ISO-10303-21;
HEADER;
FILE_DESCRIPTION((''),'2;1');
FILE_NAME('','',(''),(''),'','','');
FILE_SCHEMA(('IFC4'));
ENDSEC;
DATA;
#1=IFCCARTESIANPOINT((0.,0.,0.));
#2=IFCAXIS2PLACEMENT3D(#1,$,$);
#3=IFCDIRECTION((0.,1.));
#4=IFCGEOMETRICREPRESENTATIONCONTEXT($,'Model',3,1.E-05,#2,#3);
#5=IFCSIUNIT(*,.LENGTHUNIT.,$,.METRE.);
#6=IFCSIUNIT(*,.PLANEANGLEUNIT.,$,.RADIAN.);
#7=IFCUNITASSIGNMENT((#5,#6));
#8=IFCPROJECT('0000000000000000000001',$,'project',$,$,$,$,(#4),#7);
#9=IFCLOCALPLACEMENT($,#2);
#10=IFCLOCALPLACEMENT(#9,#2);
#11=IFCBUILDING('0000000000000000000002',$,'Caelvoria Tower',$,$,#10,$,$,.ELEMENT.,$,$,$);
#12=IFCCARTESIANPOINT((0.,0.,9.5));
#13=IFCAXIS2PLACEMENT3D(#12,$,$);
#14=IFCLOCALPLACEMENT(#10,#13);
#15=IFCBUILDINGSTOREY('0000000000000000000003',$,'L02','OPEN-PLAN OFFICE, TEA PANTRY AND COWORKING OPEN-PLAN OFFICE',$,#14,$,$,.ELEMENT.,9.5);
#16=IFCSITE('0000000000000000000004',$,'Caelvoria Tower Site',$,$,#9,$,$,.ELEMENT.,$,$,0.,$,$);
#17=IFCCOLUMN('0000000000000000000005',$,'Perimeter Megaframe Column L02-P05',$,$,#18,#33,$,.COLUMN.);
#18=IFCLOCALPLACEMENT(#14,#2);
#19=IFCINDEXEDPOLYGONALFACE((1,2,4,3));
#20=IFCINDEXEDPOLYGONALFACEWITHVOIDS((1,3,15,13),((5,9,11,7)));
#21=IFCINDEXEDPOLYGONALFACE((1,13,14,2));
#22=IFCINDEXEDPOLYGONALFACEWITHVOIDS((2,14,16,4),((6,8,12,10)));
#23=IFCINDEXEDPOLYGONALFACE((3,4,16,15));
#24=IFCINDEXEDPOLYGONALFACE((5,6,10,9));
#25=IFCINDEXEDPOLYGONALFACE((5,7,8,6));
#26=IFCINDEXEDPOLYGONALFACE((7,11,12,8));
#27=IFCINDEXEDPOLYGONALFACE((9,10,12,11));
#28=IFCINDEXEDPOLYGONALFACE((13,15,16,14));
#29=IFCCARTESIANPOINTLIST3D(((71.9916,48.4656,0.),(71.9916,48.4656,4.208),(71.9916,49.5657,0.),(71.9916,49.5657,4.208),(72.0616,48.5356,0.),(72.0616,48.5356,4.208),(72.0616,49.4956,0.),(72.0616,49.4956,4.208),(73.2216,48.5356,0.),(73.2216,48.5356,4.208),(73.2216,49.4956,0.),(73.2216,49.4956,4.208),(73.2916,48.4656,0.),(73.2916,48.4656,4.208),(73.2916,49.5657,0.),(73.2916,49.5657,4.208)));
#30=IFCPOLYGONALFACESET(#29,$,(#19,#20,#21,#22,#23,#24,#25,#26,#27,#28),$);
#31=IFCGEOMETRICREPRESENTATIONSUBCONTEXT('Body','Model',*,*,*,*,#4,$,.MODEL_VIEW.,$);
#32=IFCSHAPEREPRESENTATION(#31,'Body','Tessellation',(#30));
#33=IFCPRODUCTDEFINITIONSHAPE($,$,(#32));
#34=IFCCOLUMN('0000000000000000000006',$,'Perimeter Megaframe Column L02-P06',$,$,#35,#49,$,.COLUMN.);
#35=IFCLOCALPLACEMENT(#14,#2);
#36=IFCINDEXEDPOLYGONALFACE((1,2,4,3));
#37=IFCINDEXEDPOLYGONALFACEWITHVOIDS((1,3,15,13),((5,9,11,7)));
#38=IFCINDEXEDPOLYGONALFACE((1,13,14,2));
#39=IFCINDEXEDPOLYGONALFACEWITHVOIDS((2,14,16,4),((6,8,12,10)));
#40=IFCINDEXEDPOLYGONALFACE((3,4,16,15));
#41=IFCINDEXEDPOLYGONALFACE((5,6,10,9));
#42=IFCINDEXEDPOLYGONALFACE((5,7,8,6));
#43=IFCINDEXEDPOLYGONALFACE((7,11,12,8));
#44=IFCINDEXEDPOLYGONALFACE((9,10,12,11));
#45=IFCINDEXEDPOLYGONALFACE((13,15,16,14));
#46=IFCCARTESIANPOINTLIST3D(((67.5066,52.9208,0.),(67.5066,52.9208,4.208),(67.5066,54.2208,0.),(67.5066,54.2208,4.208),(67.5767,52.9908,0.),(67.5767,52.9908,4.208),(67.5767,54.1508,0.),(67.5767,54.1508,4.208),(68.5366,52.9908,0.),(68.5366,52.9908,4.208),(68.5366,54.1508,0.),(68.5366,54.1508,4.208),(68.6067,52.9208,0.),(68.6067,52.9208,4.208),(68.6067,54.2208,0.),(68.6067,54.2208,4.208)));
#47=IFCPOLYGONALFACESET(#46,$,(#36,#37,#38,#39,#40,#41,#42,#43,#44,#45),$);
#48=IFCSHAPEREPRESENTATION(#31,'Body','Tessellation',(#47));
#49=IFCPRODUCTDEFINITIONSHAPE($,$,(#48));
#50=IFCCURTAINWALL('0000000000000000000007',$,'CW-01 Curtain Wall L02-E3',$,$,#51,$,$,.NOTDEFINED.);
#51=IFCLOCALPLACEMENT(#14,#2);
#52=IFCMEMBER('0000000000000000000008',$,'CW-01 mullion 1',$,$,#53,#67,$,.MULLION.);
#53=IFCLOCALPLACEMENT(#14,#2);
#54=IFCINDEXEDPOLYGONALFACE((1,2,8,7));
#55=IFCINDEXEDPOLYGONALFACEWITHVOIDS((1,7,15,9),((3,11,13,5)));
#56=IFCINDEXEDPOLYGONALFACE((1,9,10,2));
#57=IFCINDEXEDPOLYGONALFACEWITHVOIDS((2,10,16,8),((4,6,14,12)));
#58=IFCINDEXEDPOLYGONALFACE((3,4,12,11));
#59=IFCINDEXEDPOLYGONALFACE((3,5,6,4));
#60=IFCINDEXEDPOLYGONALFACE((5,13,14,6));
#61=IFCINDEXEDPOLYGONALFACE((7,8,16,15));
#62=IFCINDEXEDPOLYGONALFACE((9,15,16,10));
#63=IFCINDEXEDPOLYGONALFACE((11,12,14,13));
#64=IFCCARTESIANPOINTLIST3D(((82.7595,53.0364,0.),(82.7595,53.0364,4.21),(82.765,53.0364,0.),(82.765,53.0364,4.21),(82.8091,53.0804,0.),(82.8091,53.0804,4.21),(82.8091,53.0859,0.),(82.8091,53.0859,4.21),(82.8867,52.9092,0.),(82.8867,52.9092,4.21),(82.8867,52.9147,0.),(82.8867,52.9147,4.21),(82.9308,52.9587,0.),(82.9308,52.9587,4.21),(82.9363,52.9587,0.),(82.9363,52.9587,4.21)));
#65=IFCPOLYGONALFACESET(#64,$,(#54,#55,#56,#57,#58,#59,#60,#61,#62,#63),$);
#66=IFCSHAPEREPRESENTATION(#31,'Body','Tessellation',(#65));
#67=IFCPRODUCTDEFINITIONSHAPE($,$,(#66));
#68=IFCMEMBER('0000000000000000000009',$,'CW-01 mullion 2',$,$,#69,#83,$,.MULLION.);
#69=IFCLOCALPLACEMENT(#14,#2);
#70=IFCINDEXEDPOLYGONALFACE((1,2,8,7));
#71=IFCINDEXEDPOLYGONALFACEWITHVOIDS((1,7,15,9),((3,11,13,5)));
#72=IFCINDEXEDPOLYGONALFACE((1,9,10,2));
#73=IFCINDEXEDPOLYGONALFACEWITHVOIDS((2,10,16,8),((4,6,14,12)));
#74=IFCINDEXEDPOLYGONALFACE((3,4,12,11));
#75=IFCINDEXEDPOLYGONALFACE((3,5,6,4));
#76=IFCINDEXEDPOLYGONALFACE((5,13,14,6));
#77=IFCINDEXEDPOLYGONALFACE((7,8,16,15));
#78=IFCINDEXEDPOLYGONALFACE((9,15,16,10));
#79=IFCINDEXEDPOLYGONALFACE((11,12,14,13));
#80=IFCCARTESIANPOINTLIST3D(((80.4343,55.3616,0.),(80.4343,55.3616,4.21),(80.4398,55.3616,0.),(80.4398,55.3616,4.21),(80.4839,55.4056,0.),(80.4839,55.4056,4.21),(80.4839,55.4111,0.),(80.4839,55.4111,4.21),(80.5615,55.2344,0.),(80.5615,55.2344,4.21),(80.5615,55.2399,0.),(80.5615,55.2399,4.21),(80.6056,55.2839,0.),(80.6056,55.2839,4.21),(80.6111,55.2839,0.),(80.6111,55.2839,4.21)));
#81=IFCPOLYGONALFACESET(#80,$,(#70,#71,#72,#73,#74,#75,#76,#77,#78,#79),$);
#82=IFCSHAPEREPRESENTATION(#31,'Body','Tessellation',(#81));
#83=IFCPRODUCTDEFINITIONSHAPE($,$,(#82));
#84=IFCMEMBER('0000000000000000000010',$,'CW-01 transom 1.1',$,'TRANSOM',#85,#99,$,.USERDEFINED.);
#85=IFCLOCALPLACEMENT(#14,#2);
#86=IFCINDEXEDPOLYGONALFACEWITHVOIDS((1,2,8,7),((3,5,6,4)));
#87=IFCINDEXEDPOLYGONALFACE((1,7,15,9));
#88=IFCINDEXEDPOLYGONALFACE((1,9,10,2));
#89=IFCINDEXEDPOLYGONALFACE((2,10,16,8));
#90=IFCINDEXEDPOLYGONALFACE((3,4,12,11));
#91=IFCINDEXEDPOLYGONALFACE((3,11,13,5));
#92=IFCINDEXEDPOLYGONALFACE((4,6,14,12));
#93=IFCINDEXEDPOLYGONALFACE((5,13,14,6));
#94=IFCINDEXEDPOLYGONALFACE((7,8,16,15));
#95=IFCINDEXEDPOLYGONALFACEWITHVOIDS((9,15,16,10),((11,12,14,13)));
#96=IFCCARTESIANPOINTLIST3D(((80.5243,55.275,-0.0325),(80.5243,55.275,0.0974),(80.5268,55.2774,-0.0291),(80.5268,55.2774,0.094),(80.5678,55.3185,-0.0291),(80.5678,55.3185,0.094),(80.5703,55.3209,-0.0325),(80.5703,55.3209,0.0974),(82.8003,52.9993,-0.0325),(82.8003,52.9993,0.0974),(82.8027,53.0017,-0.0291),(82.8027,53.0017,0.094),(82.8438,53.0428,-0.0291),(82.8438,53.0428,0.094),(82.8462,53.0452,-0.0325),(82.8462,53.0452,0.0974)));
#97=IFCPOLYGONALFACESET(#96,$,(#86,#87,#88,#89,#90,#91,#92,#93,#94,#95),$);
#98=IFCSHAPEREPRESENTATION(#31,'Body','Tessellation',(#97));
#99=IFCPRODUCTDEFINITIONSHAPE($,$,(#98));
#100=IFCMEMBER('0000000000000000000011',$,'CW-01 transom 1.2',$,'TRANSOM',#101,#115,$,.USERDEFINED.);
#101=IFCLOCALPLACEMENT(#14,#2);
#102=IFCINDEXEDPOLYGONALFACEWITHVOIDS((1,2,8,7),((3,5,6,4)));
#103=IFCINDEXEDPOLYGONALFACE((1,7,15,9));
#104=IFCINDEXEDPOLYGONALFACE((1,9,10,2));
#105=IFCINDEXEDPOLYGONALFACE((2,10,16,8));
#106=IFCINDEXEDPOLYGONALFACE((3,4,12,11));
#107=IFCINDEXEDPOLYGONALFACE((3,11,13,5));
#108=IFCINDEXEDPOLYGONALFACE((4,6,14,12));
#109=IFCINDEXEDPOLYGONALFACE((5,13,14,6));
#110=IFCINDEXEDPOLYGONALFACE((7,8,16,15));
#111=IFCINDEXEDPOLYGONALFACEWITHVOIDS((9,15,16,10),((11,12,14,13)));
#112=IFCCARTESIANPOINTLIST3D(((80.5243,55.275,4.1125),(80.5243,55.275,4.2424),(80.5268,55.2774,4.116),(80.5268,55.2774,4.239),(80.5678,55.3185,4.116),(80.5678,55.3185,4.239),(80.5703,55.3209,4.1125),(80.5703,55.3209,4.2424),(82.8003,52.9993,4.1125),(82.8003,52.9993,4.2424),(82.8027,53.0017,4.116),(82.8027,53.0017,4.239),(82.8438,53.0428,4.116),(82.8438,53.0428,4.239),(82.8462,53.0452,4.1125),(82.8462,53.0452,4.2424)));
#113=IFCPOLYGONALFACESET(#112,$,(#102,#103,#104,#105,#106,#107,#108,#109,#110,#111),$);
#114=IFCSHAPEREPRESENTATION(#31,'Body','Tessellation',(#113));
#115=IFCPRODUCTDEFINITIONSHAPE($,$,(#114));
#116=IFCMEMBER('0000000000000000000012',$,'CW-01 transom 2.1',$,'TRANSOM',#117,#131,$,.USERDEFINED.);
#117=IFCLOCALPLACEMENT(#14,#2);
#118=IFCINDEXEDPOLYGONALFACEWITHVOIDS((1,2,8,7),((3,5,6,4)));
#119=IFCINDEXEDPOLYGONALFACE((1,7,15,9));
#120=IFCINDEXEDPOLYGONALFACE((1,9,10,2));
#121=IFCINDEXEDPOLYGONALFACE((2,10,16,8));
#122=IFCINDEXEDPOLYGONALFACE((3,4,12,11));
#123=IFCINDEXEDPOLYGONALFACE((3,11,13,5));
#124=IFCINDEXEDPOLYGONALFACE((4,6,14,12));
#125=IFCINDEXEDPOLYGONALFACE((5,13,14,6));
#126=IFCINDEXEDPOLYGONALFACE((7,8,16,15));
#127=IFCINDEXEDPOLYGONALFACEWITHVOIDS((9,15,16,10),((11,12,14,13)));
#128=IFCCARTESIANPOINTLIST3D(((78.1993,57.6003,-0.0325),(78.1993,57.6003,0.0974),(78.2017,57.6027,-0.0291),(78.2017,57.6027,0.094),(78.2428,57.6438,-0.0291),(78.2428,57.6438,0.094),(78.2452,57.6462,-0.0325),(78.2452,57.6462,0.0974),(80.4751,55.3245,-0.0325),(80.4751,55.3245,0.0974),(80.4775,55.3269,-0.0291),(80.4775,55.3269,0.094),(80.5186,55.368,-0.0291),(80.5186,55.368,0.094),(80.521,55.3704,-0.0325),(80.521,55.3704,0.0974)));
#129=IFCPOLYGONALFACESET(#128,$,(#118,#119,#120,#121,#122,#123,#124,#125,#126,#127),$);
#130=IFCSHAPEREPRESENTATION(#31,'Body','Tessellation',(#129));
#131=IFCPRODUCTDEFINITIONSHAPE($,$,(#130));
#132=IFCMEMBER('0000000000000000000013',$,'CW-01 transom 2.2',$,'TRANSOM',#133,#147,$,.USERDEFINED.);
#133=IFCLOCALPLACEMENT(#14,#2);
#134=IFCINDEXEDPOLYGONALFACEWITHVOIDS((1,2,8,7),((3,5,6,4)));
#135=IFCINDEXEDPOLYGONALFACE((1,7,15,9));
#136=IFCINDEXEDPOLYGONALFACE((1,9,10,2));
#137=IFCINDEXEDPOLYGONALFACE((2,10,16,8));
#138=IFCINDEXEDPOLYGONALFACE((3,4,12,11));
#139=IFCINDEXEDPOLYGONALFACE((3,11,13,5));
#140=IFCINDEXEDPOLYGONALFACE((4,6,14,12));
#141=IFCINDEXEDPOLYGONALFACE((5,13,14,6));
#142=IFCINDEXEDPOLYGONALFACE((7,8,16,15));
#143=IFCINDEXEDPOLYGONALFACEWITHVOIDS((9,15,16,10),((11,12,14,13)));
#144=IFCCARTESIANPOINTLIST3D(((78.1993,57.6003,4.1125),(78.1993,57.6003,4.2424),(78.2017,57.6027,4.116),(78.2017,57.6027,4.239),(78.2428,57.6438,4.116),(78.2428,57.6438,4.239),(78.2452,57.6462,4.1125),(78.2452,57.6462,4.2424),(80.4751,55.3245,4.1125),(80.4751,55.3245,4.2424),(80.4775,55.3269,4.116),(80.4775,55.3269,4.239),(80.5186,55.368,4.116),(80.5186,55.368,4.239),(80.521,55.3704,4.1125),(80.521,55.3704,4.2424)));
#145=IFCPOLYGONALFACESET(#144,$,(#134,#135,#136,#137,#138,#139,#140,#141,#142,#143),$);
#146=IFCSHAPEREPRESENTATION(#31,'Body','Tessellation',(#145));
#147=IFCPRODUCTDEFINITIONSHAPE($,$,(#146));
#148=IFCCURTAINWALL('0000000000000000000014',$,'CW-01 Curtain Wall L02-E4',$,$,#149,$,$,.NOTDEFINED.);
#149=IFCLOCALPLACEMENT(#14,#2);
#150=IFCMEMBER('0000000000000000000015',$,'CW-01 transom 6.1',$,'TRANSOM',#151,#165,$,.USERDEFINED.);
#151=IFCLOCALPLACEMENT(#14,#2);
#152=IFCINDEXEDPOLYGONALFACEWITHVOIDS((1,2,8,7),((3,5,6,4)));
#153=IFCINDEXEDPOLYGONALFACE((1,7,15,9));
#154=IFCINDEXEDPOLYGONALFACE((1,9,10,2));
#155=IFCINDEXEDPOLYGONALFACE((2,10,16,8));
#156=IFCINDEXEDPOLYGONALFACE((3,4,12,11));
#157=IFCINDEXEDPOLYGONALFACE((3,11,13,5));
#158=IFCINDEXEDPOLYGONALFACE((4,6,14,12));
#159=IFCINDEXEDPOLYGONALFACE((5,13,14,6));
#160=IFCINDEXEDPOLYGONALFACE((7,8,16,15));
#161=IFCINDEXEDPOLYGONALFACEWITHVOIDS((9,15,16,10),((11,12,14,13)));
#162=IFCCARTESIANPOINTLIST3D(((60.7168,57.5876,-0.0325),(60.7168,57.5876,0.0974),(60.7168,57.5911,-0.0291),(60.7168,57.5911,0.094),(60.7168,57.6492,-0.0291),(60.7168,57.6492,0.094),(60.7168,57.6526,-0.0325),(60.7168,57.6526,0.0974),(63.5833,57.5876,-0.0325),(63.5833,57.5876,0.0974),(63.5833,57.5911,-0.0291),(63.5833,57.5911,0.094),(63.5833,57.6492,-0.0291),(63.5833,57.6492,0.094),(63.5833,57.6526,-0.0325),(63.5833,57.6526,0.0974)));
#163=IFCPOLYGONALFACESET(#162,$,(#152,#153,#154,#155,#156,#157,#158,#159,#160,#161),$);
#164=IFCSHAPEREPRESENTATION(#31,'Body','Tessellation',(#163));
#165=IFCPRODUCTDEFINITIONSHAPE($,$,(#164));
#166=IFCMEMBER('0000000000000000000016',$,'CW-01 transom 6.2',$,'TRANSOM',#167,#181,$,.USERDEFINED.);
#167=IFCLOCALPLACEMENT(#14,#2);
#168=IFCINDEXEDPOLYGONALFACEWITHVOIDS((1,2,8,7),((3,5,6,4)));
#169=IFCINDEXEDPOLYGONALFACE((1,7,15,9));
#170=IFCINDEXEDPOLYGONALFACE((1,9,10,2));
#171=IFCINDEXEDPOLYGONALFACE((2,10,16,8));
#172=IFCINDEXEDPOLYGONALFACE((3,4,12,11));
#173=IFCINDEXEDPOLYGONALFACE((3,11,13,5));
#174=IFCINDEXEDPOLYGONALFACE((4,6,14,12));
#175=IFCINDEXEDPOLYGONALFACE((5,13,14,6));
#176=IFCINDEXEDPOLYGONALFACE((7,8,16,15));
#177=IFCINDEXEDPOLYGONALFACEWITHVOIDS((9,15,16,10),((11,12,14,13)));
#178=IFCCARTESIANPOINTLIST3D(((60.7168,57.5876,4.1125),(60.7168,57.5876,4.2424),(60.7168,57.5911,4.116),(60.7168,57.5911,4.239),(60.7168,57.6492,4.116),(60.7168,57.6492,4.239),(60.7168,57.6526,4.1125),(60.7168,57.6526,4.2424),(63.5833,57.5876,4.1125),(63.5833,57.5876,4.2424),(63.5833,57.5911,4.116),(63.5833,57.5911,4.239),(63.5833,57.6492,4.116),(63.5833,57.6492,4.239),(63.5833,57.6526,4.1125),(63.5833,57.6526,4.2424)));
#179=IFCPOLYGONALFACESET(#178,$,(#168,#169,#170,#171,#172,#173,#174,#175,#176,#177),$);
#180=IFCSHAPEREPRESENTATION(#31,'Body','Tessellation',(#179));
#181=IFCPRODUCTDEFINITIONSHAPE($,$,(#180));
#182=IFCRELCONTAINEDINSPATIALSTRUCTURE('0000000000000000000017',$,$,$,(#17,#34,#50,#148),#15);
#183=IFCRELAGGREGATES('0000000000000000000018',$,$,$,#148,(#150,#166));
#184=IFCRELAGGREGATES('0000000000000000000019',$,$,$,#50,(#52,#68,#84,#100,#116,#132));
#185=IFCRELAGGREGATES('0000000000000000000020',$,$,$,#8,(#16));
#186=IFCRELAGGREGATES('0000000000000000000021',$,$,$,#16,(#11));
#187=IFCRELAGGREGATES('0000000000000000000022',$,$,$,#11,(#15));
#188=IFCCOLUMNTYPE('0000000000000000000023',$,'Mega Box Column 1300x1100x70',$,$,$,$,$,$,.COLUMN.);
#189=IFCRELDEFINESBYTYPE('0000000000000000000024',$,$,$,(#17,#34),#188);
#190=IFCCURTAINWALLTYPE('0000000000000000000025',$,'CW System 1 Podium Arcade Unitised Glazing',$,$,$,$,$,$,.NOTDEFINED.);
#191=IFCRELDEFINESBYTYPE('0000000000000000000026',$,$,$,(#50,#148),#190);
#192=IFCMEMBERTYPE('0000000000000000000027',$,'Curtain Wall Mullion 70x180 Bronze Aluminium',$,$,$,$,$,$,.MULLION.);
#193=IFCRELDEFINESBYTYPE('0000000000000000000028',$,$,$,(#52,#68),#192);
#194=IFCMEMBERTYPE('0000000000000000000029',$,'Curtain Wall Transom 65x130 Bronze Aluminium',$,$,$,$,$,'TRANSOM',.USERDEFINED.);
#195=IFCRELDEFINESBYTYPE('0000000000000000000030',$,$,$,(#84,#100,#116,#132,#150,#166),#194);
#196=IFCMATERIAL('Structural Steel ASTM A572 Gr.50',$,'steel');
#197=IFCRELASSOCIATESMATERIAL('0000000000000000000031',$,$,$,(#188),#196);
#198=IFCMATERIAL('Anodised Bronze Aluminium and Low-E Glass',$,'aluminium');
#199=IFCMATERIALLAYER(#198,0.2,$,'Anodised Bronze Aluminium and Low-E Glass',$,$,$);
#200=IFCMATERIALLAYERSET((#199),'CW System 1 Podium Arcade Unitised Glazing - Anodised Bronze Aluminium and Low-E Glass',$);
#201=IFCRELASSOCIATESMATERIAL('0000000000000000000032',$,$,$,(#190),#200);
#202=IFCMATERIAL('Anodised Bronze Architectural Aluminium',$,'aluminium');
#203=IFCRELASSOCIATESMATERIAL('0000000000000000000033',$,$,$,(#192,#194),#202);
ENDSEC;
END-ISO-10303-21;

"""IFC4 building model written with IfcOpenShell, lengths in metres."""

from ifc_helpers import new_model, si_unit, direction, frame, origin, origin_2d, place, context, subcontext, project, spatial, hollow_rectangle, extrude, material, layer, layer_set, material_profile, profile_set, type_object, element, aggregate, save


model = new_model("IFC4")

# Units and contexts
model_context = context("Model", 3, precision=1e-05, world=origin(), true_north=direction((0.0, 1.0)))
body_context = subcontext(model_context, "Body", "Model", "MODEL_VIEW")
ifc_project = project(units=[si_unit("LENGTHUNIT", "METRE"), si_unit("PLANEANGLEUNIT", "RADIAN")], contexts=[model_context])

# Site, building, storey
site_placement = place(None, origin())
site = spatial("IfcSite", under=ifc_project, at=site_placement, Name="Caelvoria Tower Site", CompositionType="ELEMENT", RefElevation=0.0)
building_placement = place(site_placement, origin())
building = spatial("IfcBuilding", under=site, at=building_placement, Name="Caelvoria Tower", CompositionType="ELEMENT")
storey_placement = place(building_placement, frame((0.0, 0.0, 9.5)))
storey = spatial("IfcBuildingStorey", under=building, at=storey_placement, Name="L02", Description="OPEN-PLAN OFFICE, TEA PANTRY AND COWORKING OPEN-PLAN OFFICE", CompositionType="ELEMENT", Elevation=9.5)

# Columns
ifc_material_1 = material(Name="Structural Steel ASTM A572 Gr.50", Category="steel")
ifc_material_profile_1 = material_profile(ifc_material_1, hollow_rectangle(XDim=1.1001, YDim=1.3, WallThickness=0.0701, at=origin_2d()), Name="Structural Steel ASTM A572 Gr.50")
ifc_profile_set_1 = profile_set([ifc_material_profile_1], Name="BOX1300X1100X70 - Structural Steel ASTM A572 Gr.50")
column_type = type_object("IfcColumnType", Name="Mega Box Column 1300x1100x70", PredefinedType="COLUMN", material=ifc_profile_set_1)
for number, where, z_axis, x_axis, name in (
    (1, (72.6416, 49.0156, 0.0), (0.0, 0.0, 1.0), (0.0, 1.0, 0.0), "Perimeter Megaframe Column L02-P05"),
    (2, (68.0566, 53.5708, 0.0), (0.0, 0.0, 1.0), (1.0, 0.0, 0.0), "Perimeter Megaframe Column L02-P06"),
):
    element("IfcColumn", number, at=place(storey_placement, frame(where, z_axis=z_axis, x_axis=x_axis)), inside=storey, type_object=column_type, Name=name, PredefinedType="COLUMN", context=body_context, shape_type="SweptSolid", body=[
        extrude(hollow_rectangle(XDim=1.1001, YDim=1.3, WallThickness=0.0701, at=origin_2d()), origin(), (0.0, 0.0, 1.0), 4.208),
    ])

# Curtain walls, members
ifc_material_2 = material(Name="Anodised Bronze Aluminium and Low-E Glass", Category="aluminium")
ifc_layer_1 = layer(ifc_material_2, 0.2, Name="Anodised Bronze Aluminium and Low-E Glass")
ifc_layer_set_1 = layer_set([ifc_layer_1], Name="CW System 1 Podium Arcade Unitised Glazing - Anodised Bronze Aluminium and Low-E Glass")
curtain_wall_type = type_object("IfcCurtainWallType", Name="CW System 1 Podium Arcade Unitised Glazing", PredefinedType="NOTDEFINED", material=ifc_layer_set_1)
curtain_wall_1_placement = place(storey_placement, origin())
curtain_wall_1 = element("IfcCurtainWall", 3, at=curtain_wall_1_placement, inside=storey, type_object=curtain_wall_type, Name="CW-01 Curtain Wall L02-E3", PredefinedType="NOTDEFINED")
ifc_material_3 = material(Name="Anodised Bronze Architectural Aluminium", Category="aluminium")
ifc_material_profile_2 = material_profile(ifc_material_3, hollow_rectangle(XDim=0.0701, YDim=0.1799, WallThickness=0.0039, at=origin_2d()), Name="Anodised Bronze Architectural Aluminium")
ifc_profile_set_2 = profile_set([ifc_material_profile_2], Name="CW_MULL_70X180 - Anodised Bronze Architectural Aluminium")
member_type_1 = type_object("IfcMemberType", Name="Curtain Wall Mullion 70x180 Bronze Aluminium", PredefinedType="MULLION", material=ifc_profile_set_2)
member_1_placement = place(storey_placement, frame((82.8479, 52.9976, 0.0), z_axis=(0.0, 0.0, 1.0), x_axis=(-0.707107, -0.707107, 0.0)))
member_1 = element("IfcMember", 4, at=member_1_placement, type_object=member_type_1, Name="CW-01 mullion 1", PredefinedType="MULLION", context=body_context, shape_type="SweptSolid", body=[
    extrude(hollow_rectangle(XDim=0.0701, YDim=0.1799, WallThickness=0.0039, at=origin_2d()), origin(), (0.0, 0.0, 1.0), 4.21),
])
member_2_placement = place(storey_placement, frame((80.5227, 55.3228, 0.0), z_axis=(0.0, 0.0, 1.0), x_axis=(-0.707107, -0.707107, 0.0)))
member_2 = element("IfcMember", 5, at=member_2_placement, type_object=member_type_1, Name="CW-01 mullion 2", PredefinedType="MULLION", context=body_context, shape_type="SweptSolid", body=[
    extrude(hollow_rectangle(XDim=0.0701, YDim=0.1799, WallThickness=0.0039, at=origin_2d()), origin(), (0.0, 0.0, 1.0), 4.21),
])
ifc_material_profile_3 = material_profile(ifc_material_3, hollow_rectangle(XDim=0.0649, YDim=0.1299, WallThickness=0.0034, at=origin_2d()), Name="Anodised Bronze Architectural Aluminium")
ifc_profile_set_3 = profile_set([ifc_material_profile_3], Name="CW_TRAN_65X130 - Anodised Bronze Architectural Aluminium")
member_type_2 = type_object("IfcMemberType", Name="Curtain Wall Transom 65x130 Bronze Aluminium", ElementType="TRANSOM", PredefinedType="USERDEFINED", material=ifc_profile_set_3)
member_3_placement = place(storey_placement, frame((82.8232, 53.0222, 0.0325), z_axis=(-0.707145, 0.707069, 0.0), x_axis=(-0.707069, -0.707145, 0.0)))
member_3 = element("IfcMember", 6, at=member_3_placement, type_object=member_type_2, Name="CW-01 transom 1.1", ObjectType="TRANSOM", PredefinedType="USERDEFINED", context=body_context, shape_type="SweptSolid", body=[
    extrude(hollow_rectangle(XDim=0.0649, YDim=0.1299, WallThickness=0.0034, at=origin_2d()), origin(), (0.0, 0.0, 1.0), 3.2185),
])
member_4_placement = place(storey_placement, frame((82.8232, 53.0222, 4.1775), z_axis=(-0.707145, 0.707069, 0.0), x_axis=(-0.707069, -0.707145, 0.0)))
member_4 = element("IfcMember", 7, at=member_4_placement, type_object=member_type_2, Name="CW-01 transom 1.2", ObjectType="TRANSOM", PredefinedType="USERDEFINED", context=body_context, shape_type="SweptSolid", body=[
    extrude(hollow_rectangle(XDim=0.0649, YDim=0.1299, WallThickness=0.0034, at=origin_2d()), origin(), (0.0, 0.0, 1.0), 3.2185),
])
member_5_placement = place(storey_placement, frame((80.498, 55.3474, 0.0325), z_axis=(-0.707107, 0.707107, 0.0), x_axis=(-0.707107, -0.707107, 0.0)))
member_5 = element("IfcMember", 8, at=member_5_placement, type_object=member_type_2, Name="CW-01 transom 2.1", ObjectType="TRANSOM", PredefinedType="USERDEFINED", context=body_context, shape_type="SweptSolid", body=[
    extrude(hollow_rectangle(XDim=0.0649, YDim=0.1299, WallThickness=0.0034, at=origin_2d()), origin(), (0.0, 0.0, 1.0), 3.2185),
])
member_6_placement = place(storey_placement, frame((80.498, 55.3474, 4.1775), z_axis=(-0.707107, 0.707107, 0.0), x_axis=(-0.707107, -0.707107, 0.0)))
member_6 = element("IfcMember", 9, at=member_6_placement, type_object=member_type_2, Name="CW-01 transom 2.2", ObjectType="TRANSOM", PredefinedType="USERDEFINED", context=body_context, shape_type="SweptSolid", body=[
    extrude(hollow_rectangle(XDim=0.0649, YDim=0.1299, WallThickness=0.0034, at=origin_2d()), origin(), (0.0, 0.0, 1.0), 3.2185),
])
curtain_wall_2_placement = place(storey_placement, origin())
curtain_wall_2 = element("IfcCurtainWall", 10, at=curtain_wall_2_placement, inside=storey, type_object=curtain_wall_type, Name="CW-01 Curtain Wall L02-E4", PredefinedType="NOTDEFINED")
member_7_placement = place(storey_placement, frame((63.5833, 57.6201, 0.0325), z_axis=(-1.0, 0.0, 0.0), x_axis=(0.0, -1.0, 0.0)))
member_7 = element("IfcMember", 11, at=member_7_placement, type_object=member_type_2, Name="CW-01 transom 6.1", ObjectType="TRANSOM", PredefinedType="USERDEFINED", context=body_context, shape_type="SweptSolid", body=[
    extrude(hollow_rectangle(XDim=0.0649, YDim=0.1299, WallThickness=0.0034, at=origin_2d()), origin(), (0.0, 0.0, 1.0), 2.8665),
])
member_8_placement = place(storey_placement, frame((63.5833, 57.6201, 4.1775), z_axis=(-1.0, 0.0, 0.0), x_axis=(0.0, -1.0, 0.0)))
member_8 = element("IfcMember", 12, at=member_8_placement, type_object=member_type_2, Name="CW-01 transom 6.2", ObjectType="TRANSOM", PredefinedType="USERDEFINED", context=body_context, shape_type="SweptSolid", body=[
    extrude(hollow_rectangle(XDim=0.0649, YDim=0.1299, WallThickness=0.0034, at=origin_2d()), origin(), (0.0, 0.0, 1.0), 2.8665),
])
aggregate(curtain_wall_2, [member_7, member_8])

aggregate(curtain_wall_1, [member_1, member_2, member_3, member_4, member_5, member_6])

save(model, "model.ifc")
